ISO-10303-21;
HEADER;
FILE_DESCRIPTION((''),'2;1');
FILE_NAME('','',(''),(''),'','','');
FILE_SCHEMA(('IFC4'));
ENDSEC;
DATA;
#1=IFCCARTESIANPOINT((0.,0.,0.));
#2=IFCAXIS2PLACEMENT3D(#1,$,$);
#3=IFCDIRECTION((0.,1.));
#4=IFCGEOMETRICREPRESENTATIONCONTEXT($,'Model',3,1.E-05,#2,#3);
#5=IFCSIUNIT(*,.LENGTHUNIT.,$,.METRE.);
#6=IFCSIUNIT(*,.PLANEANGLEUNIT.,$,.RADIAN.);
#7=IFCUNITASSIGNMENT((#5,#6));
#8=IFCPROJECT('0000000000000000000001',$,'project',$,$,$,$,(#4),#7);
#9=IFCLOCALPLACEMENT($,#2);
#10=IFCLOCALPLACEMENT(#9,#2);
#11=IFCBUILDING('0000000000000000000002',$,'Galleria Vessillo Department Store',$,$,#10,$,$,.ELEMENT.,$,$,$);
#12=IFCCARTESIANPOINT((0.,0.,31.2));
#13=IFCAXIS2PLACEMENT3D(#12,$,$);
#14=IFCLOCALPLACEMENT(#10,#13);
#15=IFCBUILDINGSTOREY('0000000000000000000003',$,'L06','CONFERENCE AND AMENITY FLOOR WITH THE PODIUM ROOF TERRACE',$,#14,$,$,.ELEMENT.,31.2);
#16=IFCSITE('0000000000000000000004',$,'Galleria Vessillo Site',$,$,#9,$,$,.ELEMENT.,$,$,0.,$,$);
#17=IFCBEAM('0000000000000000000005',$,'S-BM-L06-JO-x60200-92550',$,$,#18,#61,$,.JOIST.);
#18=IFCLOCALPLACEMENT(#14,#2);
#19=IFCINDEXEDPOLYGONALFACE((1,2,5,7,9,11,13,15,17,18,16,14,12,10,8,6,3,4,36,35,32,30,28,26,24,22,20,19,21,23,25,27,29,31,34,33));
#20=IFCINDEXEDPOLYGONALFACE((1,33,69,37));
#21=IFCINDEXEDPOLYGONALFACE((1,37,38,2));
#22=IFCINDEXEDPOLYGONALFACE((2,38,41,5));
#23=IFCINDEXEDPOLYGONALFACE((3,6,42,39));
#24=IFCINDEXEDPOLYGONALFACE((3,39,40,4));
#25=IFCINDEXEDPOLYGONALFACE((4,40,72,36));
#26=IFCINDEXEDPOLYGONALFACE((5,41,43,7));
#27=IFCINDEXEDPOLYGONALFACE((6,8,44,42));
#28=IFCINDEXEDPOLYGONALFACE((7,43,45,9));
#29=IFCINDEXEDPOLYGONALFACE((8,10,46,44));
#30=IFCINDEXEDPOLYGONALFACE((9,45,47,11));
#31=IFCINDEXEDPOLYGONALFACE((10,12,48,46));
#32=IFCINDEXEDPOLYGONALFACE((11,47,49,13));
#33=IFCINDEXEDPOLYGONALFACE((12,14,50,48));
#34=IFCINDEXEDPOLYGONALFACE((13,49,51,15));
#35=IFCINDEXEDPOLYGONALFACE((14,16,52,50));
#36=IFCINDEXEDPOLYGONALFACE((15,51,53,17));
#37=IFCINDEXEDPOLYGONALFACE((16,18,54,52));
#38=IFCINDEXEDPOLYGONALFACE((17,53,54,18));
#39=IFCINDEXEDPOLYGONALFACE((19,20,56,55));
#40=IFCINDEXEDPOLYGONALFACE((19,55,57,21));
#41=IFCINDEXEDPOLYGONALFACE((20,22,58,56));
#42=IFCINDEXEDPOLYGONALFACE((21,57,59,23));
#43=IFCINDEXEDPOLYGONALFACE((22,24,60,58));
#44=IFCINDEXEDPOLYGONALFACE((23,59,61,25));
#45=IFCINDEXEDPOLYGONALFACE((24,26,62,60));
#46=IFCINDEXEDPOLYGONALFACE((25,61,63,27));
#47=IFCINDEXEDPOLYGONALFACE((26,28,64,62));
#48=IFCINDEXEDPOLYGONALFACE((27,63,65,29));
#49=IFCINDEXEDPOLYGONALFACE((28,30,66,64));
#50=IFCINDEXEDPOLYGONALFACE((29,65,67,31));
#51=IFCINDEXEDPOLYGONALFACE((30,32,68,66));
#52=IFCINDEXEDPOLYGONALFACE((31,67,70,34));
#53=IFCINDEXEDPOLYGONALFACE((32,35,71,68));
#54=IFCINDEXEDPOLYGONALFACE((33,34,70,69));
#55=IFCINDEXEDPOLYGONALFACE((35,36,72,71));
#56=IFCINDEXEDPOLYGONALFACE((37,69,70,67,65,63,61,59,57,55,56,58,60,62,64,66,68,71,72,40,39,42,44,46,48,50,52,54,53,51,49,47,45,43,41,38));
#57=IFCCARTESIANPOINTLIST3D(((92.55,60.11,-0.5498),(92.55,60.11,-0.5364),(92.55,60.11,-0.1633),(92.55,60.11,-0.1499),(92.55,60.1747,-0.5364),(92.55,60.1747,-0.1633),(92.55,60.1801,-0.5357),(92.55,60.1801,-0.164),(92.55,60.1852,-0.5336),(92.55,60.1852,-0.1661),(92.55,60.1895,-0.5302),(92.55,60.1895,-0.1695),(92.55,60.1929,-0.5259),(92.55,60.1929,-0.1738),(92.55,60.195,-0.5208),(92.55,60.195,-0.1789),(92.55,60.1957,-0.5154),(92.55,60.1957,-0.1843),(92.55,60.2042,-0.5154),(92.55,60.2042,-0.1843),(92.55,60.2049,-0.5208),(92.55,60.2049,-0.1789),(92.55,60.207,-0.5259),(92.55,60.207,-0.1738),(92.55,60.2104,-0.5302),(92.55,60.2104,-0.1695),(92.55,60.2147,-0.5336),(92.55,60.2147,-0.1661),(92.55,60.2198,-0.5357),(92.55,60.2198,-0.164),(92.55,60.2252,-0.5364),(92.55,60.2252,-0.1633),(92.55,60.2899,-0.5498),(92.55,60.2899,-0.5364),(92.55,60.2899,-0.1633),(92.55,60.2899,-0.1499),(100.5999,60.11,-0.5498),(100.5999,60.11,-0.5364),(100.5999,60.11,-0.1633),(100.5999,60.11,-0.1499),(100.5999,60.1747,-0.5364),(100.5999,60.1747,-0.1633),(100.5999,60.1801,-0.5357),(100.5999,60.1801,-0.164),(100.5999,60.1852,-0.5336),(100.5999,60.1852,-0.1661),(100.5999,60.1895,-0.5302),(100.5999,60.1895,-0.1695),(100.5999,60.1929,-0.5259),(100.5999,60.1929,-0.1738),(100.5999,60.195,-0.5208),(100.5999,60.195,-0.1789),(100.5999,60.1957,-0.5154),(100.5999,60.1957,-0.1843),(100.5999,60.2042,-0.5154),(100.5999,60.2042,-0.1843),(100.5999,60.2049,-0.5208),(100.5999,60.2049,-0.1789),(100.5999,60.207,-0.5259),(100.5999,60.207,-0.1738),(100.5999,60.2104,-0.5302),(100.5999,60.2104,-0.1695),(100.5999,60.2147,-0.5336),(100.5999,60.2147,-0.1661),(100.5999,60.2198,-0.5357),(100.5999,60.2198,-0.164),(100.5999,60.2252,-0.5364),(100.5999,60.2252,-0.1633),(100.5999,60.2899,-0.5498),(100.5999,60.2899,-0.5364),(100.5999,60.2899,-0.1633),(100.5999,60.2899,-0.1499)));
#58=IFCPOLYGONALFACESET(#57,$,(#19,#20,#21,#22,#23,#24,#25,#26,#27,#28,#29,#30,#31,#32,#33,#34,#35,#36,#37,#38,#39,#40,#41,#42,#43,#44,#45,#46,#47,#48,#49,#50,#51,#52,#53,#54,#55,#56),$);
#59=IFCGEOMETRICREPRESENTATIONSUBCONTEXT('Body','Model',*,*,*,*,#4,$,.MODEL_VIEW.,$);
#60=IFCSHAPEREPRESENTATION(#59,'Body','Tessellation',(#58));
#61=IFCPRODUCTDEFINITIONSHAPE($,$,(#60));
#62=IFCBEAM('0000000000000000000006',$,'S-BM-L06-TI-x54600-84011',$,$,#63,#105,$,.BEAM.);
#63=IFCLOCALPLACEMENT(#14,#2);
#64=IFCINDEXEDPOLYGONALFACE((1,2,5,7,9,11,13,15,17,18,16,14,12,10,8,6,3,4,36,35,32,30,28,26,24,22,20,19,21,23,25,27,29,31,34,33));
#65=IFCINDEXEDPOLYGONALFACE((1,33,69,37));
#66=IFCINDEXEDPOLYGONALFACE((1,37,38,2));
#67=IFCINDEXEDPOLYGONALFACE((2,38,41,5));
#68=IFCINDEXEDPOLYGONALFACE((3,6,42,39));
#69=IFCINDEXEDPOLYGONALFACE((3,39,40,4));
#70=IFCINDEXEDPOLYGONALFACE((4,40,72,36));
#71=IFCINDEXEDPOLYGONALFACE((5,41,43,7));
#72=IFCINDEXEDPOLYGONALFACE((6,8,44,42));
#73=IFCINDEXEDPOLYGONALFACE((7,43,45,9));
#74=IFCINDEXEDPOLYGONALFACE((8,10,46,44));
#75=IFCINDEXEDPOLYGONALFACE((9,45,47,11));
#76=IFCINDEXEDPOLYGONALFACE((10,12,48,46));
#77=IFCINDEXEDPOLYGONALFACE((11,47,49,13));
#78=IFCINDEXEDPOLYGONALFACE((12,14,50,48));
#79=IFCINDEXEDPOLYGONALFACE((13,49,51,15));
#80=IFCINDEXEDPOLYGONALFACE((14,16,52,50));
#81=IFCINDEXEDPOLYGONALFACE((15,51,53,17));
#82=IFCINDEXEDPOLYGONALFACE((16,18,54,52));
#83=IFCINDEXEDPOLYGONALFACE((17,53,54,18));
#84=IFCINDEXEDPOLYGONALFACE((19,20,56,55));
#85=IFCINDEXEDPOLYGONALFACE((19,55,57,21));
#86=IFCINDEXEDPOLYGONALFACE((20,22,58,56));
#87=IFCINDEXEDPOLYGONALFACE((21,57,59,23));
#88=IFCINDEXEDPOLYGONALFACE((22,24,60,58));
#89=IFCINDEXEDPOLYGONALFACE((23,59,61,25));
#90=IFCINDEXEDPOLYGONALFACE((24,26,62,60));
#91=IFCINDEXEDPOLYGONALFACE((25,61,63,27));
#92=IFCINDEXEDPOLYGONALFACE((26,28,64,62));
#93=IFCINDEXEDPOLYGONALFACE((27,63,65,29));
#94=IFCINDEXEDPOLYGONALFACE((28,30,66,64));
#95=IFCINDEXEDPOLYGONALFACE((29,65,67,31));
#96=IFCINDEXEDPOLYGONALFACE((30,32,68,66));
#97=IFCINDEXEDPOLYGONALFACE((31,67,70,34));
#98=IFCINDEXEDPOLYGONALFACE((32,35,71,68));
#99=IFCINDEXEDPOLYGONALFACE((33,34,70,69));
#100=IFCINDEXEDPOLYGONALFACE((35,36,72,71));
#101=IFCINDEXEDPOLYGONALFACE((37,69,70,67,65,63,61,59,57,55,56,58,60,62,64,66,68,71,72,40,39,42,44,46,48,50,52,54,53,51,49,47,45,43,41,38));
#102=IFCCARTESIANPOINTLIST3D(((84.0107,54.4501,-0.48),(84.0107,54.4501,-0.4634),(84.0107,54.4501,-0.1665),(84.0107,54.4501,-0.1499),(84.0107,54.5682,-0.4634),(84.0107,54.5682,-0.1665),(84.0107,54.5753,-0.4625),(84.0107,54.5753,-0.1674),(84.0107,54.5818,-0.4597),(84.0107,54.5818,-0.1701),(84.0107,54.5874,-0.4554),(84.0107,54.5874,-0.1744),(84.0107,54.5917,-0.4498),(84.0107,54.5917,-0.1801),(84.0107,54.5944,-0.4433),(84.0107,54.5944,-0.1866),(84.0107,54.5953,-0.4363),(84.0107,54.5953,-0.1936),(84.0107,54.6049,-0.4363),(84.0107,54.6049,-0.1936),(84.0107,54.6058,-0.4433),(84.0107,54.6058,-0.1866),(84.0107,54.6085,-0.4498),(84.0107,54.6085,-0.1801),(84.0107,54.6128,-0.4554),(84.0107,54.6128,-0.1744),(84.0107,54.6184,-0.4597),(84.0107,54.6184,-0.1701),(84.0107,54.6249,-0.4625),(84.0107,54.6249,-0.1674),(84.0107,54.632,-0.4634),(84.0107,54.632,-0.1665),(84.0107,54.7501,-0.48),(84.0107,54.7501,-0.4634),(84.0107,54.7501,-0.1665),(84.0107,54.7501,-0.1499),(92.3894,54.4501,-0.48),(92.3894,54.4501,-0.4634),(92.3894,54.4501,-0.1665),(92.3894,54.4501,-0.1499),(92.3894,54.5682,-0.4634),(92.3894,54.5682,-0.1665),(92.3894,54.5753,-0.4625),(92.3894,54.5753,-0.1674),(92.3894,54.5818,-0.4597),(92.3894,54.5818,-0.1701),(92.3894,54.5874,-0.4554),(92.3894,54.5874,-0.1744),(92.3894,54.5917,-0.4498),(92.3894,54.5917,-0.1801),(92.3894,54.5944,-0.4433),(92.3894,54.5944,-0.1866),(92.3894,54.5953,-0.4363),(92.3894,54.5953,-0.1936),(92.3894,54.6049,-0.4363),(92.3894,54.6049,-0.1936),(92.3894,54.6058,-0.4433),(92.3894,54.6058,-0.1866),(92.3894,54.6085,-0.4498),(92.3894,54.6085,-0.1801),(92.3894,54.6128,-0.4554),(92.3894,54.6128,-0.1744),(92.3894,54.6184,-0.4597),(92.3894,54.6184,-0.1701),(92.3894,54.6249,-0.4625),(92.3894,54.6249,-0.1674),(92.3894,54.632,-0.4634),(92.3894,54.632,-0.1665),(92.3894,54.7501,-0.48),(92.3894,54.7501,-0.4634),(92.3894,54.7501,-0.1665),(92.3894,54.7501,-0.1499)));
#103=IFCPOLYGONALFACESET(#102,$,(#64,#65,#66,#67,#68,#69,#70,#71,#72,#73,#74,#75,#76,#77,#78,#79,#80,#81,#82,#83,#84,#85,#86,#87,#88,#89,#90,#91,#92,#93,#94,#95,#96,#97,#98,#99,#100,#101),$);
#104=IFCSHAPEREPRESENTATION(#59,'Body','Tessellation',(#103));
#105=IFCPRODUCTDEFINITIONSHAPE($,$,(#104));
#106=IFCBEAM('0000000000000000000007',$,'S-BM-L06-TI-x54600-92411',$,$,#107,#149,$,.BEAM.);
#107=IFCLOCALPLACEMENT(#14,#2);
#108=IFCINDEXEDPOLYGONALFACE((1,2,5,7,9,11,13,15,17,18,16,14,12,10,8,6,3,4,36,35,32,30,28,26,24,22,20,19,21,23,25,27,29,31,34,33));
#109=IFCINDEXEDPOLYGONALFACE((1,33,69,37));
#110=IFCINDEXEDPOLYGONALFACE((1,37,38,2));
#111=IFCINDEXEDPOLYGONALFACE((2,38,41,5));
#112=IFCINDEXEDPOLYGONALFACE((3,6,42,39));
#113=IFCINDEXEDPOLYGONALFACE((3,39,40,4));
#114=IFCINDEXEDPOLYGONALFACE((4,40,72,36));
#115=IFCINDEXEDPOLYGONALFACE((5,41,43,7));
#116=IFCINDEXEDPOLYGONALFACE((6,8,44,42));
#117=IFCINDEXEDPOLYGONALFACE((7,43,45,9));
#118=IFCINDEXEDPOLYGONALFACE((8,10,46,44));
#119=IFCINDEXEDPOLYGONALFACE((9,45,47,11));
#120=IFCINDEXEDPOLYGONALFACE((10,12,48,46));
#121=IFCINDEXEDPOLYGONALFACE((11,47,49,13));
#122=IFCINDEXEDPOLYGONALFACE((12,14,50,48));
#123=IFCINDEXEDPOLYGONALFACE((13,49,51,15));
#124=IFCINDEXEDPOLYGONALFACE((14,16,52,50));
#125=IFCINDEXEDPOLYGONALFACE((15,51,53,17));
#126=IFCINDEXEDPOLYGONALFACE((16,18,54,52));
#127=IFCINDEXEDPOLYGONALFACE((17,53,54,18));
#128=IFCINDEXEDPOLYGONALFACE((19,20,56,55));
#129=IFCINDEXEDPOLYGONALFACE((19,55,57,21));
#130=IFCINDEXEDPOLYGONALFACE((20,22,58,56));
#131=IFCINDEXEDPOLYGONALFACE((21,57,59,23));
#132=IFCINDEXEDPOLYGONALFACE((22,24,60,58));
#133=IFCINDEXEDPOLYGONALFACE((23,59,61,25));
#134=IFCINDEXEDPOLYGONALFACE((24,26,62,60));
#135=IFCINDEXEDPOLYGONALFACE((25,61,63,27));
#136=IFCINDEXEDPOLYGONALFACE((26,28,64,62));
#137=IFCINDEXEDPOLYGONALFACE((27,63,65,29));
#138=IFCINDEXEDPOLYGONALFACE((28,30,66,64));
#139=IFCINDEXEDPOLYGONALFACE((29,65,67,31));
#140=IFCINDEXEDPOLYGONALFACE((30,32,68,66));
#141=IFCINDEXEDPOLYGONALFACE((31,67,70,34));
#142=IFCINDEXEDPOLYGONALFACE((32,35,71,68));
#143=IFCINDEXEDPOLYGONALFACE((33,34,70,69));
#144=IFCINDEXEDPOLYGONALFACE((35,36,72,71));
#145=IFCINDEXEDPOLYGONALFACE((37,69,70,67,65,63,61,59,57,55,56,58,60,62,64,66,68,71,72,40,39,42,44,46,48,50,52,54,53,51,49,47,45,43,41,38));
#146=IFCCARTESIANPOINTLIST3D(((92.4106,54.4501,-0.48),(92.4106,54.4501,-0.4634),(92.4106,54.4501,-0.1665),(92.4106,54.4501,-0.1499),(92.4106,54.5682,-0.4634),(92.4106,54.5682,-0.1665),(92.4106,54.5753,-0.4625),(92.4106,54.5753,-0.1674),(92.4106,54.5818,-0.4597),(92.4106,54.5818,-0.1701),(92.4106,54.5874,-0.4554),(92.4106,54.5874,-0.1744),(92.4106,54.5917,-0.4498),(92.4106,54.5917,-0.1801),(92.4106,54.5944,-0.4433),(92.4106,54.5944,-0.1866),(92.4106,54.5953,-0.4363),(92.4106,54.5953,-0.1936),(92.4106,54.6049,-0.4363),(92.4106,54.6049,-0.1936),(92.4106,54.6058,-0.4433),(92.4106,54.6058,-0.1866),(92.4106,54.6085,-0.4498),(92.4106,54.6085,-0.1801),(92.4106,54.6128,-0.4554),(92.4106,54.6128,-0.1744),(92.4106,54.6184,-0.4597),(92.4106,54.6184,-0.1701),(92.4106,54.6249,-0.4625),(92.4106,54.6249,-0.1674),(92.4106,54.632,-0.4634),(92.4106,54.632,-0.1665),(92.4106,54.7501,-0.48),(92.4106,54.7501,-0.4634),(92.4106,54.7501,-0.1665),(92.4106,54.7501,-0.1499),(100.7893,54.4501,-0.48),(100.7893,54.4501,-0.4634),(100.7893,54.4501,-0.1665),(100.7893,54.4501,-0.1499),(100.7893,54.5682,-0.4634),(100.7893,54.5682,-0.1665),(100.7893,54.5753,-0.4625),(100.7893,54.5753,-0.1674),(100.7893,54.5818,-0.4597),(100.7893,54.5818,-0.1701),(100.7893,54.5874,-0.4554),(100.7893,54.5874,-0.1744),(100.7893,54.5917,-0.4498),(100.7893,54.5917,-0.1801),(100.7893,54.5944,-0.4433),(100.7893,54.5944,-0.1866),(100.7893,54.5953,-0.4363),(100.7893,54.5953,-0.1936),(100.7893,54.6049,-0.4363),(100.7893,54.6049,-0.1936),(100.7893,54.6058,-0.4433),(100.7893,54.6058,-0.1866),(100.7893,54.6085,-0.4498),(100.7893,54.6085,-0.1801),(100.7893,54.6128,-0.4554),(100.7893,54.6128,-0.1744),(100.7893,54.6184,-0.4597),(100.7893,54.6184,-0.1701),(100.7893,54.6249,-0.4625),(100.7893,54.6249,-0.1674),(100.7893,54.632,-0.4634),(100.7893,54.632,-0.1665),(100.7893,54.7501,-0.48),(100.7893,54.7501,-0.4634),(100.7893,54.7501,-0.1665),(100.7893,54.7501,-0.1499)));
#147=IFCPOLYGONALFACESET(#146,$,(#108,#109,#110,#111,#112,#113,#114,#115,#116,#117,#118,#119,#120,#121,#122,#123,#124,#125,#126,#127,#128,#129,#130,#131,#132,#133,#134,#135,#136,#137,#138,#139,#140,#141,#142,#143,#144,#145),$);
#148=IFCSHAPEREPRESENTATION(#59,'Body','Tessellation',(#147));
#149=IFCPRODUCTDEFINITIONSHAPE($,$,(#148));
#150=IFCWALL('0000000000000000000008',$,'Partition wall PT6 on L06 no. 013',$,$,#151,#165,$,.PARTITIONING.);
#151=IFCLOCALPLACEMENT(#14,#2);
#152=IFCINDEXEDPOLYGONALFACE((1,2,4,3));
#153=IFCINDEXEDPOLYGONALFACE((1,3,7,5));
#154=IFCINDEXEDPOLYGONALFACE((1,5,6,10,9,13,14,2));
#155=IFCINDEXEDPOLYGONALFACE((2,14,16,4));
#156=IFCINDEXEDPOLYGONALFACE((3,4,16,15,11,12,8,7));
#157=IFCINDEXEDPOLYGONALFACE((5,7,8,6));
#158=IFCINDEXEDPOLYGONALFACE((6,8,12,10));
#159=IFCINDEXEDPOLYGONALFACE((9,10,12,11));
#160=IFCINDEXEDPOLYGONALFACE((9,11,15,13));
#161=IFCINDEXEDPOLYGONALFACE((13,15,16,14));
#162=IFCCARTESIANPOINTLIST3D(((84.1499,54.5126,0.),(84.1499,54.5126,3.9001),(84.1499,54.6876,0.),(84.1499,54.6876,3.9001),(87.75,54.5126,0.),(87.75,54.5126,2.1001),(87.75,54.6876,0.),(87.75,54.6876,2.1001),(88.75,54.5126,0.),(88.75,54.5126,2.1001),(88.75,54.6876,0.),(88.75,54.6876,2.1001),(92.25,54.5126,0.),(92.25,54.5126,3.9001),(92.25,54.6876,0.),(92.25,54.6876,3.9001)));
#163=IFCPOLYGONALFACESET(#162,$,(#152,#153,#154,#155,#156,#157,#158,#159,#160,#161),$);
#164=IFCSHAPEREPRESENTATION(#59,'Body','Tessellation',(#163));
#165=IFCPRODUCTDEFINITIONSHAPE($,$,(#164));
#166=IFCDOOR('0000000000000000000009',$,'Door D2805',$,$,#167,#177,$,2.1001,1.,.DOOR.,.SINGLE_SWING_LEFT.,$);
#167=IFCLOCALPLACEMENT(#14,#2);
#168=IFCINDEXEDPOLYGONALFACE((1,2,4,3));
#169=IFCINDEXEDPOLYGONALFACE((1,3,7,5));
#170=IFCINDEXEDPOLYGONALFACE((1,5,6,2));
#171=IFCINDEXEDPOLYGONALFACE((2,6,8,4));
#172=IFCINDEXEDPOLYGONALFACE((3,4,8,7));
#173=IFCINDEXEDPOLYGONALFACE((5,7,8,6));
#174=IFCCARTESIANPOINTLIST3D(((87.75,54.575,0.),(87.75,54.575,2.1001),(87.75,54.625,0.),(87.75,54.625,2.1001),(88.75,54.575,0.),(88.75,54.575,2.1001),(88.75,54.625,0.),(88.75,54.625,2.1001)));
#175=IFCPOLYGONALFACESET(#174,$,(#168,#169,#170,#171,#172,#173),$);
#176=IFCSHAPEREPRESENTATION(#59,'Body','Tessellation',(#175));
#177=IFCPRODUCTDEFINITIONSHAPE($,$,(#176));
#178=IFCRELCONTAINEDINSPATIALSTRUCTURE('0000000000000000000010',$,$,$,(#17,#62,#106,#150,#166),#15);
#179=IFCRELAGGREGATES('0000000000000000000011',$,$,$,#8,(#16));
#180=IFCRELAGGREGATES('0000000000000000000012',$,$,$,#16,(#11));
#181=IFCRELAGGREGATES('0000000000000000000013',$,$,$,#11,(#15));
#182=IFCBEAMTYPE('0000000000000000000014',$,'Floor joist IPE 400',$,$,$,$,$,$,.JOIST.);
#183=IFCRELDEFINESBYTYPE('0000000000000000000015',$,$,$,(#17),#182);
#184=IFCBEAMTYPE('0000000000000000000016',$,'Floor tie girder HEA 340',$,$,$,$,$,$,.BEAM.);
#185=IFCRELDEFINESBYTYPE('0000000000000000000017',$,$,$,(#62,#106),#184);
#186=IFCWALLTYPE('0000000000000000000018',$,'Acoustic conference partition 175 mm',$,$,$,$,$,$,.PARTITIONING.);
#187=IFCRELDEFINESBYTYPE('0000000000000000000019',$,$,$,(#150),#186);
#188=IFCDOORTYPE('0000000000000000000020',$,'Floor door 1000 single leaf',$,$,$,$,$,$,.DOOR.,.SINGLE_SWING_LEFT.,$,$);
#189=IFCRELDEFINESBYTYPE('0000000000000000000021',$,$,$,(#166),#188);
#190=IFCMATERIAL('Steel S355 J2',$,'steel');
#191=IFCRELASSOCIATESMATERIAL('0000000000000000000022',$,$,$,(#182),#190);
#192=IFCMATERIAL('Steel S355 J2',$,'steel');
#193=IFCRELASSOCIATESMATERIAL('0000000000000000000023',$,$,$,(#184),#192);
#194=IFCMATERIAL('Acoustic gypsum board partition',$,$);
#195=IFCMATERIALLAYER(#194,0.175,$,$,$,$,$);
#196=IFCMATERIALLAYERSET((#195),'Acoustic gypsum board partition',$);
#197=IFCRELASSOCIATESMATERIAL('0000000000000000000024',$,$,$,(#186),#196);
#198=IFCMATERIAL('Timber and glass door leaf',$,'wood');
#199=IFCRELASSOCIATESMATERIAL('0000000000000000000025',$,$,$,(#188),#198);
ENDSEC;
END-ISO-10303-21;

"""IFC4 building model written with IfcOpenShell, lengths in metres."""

from ifc_helpers import new_model, si_unit, direction, frame, frame_2d, origin, origin_2d, place, context, subcontext, project, spatial, rectangle, i_section, extrude, material, layer, layer_set, material_profile, profile_set, type_object, element, fill, save


model = new_model("IFC4")

# Units and contexts
model_context = context("Model", 3, precision=1e-05, world=origin(), true_north=direction((0.0, 1.0)))
body_context = subcontext(model_context, "Body", "Model", "MODEL_VIEW")
ifc_project = project(units=[si_unit("LENGTHUNIT", "METRE"), si_unit("PLANEANGLEUNIT", "RADIAN")], contexts=[model_context])

# Site, building, storey
site_placement = place(None, origin())
site = spatial("IfcSite", under=ifc_project, at=site_placement, Name="Galleria Vessillo Site", CompositionType="ELEMENT", RefElevation=0.0)
building_placement = place(site_placement, origin())
building = spatial("IfcBuilding", under=site, at=building_placement, Name="Galleria Vessillo Department Store", CompositionType="ELEMENT")
storey_placement = place(building_placement, frame((0.0, 0.0, 31.2)))
storey = spatial("IfcBuildingStorey", under=building, at=storey_placement, Name="L06", Description="CONFERENCE AND AMENITY FLOOR WITH THE PODIUM ROOF TERRACE", CompositionType="ELEMENT", Elevation=31.2)

# Beams
ifc_material_1 = material(Name="Steel S355 J2", Category="steel")
ifc_material_profile_1 = material_profile(ifc_material_1, i_section(OverallWidth=0.1799, OverallDepth=0.3999, WebThickness=0.0085, FlangeThickness=0.0134, FilletRadius=0.021, at=origin_2d()), Name="IPE 400")
ifc_profile_set_1 = profile_set([ifc_material_profile_1], Name="Steel S355 J2")
beam_type_1 = type_object("IfcBeamType", Name="Floor joist IPE 400", PredefinedType="JOIST", material=ifc_profile_set_1)
for number, where, z_axis, x_axis, name in (
    (1, (92.55, 60.2, -0.3499), (1.0, 0.0, 0.0), (0.0, 1.0, 0.0), "S-BM-L06-JO-x60200-92550"),
):
    element("IfcBeam", number, at=place(storey_placement, frame(where, z_axis=z_axis, x_axis=x_axis)), inside=storey, type_object=beam_type_1, Name=name, PredefinedType="JOIST", context=body_context, shape_type="SweptSolid", body=[
        extrude(i_section(OverallWidth=0.1799, OverallDepth=0.3999, WebThickness=0.0085, FlangeThickness=0.0134, FilletRadius=0.021, at=origin_2d()), origin(), (0.0, 0.0, 1.0), 8.0498),
    ])
ifc_material_2 = material(Name="Steel S355 J2", Category="steel")
ifc_material_profile_2 = material_profile(ifc_material_2, i_section(OverallWidth=0.3, OverallDepth=0.3301, WebThickness=0.0095, FlangeThickness=0.0166, FilletRadius=0.0271, at=origin_2d()), Name="HEA 340")
ifc_profile_set_2 = profile_set([ifc_material_profile_2], Name="Steel S355 J2")
beam_type_2 = type_object("IfcBeamType", Name="Floor tie girder HEA 340", PredefinedType="BEAM", material=ifc_profile_set_2)
for number, where, z_axis, x_axis, name in (
    (2, (84.0107, 54.6001, -0.3149), (1.0, 0.0, 0.0), (0.0, 1.0, 0.0), "S-BM-L06-TI-x54600-84011"),
    (3, (92.4106, 54.6001, -0.3149), (1.0, 0.0, 0.0), (0.0, 1.0, 0.0), "S-BM-L06-TI-x54600-92411"),
):
    element("IfcBeam", number, at=place(storey_placement, frame(where, z_axis=z_axis, x_axis=x_axis)), inside=storey, type_object=beam_type_2, Name=name, PredefinedType="BEAM", context=body_context, shape_type="SweptSolid", body=[
        extrude(i_section(OverallWidth=0.3, OverallDepth=0.3301, WebThickness=0.0095, FlangeThickness=0.0166, FilletRadius=0.0271, at=origin_2d()), origin(), (0.0, 0.0, 1.0), 8.3787),
    ])

# Wall, opening, door
ifc_material_3 = material(Name="Acoustic gypsum board partition")
ifc_layer_1 = layer(ifc_material_3, 0.175)
ifc_layer_set_1 = layer_set([ifc_layer_1], Name="Acoustic gypsum board partition")
wall_type_1 = type_object("IfcWallType", Name="Acoustic conference partition 175 mm", PredefinedType="PARTITIONING", material=ifc_layer_set_1)
wall_1_placement = place(storey_placement, frame((84.1499, 54.6001, 0.0), z_axis=(0.0, 0.0, 1.0), x_axis=(1.0, 0.0, 0.0)))
wall_1 = element("IfcWall", 4, at=wall_1_placement, inside=storey, type_object=wall_type_1, Name="Partition wall PT6 on L06 no. 013", PredefinedType="PARTITIONING", context=body_context, shape_type="SweptSolid", body=[
    extrude(rectangle(XDim=8.1001, YDim=0.175, at=frame_2d((4.05, 0.0))), origin(), (0.0, 0.0, 1.0), 3.9001),
])
opening_1_placement = place(wall_1_placement, frame((3.6001, 0.0, 0.0)))
opening_1 = element("IfcOpeningElement", 5, at=opening_1_placement, cuts=wall_1, PredefinedType="OPENING", context=body_context, shape_type="SweptSolid", body=[
    extrude(rectangle(XDim=1.0, YDim=2.1001, at=frame_2d((0.5, 1.05))), frame((0.0, 0.0977, 0.0), z_axis=(0.0, -1.0, 0.0), x_axis=(1.0, 0.0, 0.0)), (0.0, 0.0, 1.0), 0.1951),
])
ifc_material_4 = material(Name="Timber and glass door leaf", Category="wood")
door_type_1 = type_object("IfcDoorType", Name="Floor door 1000 single leaf", OperationType="SINGLE_SWING_LEFT", PredefinedType="DOOR", material=ifc_material_4)
door_1_placement = place(opening_1_placement, origin())
door_1 = element("IfcDoor", 6, at=door_1_placement, inside=storey, type_object=door_type_1, Name="Door D2805", OperationType="SINGLE_SWING_LEFT", OverallHeight=2.1001, OverallWidth=1.0, PredefinedType="DOOR", context=body_context, shape_type="SweptSolid", body=[
    extrude(rectangle(XDim=1.0, YDim=2.1001, at=frame_2d((0.5, 1.05))), frame((0.0, 0.0249, 0.0), z_axis=(0.0, -1.0, 0.0), x_axis=(1.0, 0.0, 0.0)), (0.0, 0.0, 1.0), 0.05),
])
fill(opening_1, door_1)

save(model, "model.ifc")
